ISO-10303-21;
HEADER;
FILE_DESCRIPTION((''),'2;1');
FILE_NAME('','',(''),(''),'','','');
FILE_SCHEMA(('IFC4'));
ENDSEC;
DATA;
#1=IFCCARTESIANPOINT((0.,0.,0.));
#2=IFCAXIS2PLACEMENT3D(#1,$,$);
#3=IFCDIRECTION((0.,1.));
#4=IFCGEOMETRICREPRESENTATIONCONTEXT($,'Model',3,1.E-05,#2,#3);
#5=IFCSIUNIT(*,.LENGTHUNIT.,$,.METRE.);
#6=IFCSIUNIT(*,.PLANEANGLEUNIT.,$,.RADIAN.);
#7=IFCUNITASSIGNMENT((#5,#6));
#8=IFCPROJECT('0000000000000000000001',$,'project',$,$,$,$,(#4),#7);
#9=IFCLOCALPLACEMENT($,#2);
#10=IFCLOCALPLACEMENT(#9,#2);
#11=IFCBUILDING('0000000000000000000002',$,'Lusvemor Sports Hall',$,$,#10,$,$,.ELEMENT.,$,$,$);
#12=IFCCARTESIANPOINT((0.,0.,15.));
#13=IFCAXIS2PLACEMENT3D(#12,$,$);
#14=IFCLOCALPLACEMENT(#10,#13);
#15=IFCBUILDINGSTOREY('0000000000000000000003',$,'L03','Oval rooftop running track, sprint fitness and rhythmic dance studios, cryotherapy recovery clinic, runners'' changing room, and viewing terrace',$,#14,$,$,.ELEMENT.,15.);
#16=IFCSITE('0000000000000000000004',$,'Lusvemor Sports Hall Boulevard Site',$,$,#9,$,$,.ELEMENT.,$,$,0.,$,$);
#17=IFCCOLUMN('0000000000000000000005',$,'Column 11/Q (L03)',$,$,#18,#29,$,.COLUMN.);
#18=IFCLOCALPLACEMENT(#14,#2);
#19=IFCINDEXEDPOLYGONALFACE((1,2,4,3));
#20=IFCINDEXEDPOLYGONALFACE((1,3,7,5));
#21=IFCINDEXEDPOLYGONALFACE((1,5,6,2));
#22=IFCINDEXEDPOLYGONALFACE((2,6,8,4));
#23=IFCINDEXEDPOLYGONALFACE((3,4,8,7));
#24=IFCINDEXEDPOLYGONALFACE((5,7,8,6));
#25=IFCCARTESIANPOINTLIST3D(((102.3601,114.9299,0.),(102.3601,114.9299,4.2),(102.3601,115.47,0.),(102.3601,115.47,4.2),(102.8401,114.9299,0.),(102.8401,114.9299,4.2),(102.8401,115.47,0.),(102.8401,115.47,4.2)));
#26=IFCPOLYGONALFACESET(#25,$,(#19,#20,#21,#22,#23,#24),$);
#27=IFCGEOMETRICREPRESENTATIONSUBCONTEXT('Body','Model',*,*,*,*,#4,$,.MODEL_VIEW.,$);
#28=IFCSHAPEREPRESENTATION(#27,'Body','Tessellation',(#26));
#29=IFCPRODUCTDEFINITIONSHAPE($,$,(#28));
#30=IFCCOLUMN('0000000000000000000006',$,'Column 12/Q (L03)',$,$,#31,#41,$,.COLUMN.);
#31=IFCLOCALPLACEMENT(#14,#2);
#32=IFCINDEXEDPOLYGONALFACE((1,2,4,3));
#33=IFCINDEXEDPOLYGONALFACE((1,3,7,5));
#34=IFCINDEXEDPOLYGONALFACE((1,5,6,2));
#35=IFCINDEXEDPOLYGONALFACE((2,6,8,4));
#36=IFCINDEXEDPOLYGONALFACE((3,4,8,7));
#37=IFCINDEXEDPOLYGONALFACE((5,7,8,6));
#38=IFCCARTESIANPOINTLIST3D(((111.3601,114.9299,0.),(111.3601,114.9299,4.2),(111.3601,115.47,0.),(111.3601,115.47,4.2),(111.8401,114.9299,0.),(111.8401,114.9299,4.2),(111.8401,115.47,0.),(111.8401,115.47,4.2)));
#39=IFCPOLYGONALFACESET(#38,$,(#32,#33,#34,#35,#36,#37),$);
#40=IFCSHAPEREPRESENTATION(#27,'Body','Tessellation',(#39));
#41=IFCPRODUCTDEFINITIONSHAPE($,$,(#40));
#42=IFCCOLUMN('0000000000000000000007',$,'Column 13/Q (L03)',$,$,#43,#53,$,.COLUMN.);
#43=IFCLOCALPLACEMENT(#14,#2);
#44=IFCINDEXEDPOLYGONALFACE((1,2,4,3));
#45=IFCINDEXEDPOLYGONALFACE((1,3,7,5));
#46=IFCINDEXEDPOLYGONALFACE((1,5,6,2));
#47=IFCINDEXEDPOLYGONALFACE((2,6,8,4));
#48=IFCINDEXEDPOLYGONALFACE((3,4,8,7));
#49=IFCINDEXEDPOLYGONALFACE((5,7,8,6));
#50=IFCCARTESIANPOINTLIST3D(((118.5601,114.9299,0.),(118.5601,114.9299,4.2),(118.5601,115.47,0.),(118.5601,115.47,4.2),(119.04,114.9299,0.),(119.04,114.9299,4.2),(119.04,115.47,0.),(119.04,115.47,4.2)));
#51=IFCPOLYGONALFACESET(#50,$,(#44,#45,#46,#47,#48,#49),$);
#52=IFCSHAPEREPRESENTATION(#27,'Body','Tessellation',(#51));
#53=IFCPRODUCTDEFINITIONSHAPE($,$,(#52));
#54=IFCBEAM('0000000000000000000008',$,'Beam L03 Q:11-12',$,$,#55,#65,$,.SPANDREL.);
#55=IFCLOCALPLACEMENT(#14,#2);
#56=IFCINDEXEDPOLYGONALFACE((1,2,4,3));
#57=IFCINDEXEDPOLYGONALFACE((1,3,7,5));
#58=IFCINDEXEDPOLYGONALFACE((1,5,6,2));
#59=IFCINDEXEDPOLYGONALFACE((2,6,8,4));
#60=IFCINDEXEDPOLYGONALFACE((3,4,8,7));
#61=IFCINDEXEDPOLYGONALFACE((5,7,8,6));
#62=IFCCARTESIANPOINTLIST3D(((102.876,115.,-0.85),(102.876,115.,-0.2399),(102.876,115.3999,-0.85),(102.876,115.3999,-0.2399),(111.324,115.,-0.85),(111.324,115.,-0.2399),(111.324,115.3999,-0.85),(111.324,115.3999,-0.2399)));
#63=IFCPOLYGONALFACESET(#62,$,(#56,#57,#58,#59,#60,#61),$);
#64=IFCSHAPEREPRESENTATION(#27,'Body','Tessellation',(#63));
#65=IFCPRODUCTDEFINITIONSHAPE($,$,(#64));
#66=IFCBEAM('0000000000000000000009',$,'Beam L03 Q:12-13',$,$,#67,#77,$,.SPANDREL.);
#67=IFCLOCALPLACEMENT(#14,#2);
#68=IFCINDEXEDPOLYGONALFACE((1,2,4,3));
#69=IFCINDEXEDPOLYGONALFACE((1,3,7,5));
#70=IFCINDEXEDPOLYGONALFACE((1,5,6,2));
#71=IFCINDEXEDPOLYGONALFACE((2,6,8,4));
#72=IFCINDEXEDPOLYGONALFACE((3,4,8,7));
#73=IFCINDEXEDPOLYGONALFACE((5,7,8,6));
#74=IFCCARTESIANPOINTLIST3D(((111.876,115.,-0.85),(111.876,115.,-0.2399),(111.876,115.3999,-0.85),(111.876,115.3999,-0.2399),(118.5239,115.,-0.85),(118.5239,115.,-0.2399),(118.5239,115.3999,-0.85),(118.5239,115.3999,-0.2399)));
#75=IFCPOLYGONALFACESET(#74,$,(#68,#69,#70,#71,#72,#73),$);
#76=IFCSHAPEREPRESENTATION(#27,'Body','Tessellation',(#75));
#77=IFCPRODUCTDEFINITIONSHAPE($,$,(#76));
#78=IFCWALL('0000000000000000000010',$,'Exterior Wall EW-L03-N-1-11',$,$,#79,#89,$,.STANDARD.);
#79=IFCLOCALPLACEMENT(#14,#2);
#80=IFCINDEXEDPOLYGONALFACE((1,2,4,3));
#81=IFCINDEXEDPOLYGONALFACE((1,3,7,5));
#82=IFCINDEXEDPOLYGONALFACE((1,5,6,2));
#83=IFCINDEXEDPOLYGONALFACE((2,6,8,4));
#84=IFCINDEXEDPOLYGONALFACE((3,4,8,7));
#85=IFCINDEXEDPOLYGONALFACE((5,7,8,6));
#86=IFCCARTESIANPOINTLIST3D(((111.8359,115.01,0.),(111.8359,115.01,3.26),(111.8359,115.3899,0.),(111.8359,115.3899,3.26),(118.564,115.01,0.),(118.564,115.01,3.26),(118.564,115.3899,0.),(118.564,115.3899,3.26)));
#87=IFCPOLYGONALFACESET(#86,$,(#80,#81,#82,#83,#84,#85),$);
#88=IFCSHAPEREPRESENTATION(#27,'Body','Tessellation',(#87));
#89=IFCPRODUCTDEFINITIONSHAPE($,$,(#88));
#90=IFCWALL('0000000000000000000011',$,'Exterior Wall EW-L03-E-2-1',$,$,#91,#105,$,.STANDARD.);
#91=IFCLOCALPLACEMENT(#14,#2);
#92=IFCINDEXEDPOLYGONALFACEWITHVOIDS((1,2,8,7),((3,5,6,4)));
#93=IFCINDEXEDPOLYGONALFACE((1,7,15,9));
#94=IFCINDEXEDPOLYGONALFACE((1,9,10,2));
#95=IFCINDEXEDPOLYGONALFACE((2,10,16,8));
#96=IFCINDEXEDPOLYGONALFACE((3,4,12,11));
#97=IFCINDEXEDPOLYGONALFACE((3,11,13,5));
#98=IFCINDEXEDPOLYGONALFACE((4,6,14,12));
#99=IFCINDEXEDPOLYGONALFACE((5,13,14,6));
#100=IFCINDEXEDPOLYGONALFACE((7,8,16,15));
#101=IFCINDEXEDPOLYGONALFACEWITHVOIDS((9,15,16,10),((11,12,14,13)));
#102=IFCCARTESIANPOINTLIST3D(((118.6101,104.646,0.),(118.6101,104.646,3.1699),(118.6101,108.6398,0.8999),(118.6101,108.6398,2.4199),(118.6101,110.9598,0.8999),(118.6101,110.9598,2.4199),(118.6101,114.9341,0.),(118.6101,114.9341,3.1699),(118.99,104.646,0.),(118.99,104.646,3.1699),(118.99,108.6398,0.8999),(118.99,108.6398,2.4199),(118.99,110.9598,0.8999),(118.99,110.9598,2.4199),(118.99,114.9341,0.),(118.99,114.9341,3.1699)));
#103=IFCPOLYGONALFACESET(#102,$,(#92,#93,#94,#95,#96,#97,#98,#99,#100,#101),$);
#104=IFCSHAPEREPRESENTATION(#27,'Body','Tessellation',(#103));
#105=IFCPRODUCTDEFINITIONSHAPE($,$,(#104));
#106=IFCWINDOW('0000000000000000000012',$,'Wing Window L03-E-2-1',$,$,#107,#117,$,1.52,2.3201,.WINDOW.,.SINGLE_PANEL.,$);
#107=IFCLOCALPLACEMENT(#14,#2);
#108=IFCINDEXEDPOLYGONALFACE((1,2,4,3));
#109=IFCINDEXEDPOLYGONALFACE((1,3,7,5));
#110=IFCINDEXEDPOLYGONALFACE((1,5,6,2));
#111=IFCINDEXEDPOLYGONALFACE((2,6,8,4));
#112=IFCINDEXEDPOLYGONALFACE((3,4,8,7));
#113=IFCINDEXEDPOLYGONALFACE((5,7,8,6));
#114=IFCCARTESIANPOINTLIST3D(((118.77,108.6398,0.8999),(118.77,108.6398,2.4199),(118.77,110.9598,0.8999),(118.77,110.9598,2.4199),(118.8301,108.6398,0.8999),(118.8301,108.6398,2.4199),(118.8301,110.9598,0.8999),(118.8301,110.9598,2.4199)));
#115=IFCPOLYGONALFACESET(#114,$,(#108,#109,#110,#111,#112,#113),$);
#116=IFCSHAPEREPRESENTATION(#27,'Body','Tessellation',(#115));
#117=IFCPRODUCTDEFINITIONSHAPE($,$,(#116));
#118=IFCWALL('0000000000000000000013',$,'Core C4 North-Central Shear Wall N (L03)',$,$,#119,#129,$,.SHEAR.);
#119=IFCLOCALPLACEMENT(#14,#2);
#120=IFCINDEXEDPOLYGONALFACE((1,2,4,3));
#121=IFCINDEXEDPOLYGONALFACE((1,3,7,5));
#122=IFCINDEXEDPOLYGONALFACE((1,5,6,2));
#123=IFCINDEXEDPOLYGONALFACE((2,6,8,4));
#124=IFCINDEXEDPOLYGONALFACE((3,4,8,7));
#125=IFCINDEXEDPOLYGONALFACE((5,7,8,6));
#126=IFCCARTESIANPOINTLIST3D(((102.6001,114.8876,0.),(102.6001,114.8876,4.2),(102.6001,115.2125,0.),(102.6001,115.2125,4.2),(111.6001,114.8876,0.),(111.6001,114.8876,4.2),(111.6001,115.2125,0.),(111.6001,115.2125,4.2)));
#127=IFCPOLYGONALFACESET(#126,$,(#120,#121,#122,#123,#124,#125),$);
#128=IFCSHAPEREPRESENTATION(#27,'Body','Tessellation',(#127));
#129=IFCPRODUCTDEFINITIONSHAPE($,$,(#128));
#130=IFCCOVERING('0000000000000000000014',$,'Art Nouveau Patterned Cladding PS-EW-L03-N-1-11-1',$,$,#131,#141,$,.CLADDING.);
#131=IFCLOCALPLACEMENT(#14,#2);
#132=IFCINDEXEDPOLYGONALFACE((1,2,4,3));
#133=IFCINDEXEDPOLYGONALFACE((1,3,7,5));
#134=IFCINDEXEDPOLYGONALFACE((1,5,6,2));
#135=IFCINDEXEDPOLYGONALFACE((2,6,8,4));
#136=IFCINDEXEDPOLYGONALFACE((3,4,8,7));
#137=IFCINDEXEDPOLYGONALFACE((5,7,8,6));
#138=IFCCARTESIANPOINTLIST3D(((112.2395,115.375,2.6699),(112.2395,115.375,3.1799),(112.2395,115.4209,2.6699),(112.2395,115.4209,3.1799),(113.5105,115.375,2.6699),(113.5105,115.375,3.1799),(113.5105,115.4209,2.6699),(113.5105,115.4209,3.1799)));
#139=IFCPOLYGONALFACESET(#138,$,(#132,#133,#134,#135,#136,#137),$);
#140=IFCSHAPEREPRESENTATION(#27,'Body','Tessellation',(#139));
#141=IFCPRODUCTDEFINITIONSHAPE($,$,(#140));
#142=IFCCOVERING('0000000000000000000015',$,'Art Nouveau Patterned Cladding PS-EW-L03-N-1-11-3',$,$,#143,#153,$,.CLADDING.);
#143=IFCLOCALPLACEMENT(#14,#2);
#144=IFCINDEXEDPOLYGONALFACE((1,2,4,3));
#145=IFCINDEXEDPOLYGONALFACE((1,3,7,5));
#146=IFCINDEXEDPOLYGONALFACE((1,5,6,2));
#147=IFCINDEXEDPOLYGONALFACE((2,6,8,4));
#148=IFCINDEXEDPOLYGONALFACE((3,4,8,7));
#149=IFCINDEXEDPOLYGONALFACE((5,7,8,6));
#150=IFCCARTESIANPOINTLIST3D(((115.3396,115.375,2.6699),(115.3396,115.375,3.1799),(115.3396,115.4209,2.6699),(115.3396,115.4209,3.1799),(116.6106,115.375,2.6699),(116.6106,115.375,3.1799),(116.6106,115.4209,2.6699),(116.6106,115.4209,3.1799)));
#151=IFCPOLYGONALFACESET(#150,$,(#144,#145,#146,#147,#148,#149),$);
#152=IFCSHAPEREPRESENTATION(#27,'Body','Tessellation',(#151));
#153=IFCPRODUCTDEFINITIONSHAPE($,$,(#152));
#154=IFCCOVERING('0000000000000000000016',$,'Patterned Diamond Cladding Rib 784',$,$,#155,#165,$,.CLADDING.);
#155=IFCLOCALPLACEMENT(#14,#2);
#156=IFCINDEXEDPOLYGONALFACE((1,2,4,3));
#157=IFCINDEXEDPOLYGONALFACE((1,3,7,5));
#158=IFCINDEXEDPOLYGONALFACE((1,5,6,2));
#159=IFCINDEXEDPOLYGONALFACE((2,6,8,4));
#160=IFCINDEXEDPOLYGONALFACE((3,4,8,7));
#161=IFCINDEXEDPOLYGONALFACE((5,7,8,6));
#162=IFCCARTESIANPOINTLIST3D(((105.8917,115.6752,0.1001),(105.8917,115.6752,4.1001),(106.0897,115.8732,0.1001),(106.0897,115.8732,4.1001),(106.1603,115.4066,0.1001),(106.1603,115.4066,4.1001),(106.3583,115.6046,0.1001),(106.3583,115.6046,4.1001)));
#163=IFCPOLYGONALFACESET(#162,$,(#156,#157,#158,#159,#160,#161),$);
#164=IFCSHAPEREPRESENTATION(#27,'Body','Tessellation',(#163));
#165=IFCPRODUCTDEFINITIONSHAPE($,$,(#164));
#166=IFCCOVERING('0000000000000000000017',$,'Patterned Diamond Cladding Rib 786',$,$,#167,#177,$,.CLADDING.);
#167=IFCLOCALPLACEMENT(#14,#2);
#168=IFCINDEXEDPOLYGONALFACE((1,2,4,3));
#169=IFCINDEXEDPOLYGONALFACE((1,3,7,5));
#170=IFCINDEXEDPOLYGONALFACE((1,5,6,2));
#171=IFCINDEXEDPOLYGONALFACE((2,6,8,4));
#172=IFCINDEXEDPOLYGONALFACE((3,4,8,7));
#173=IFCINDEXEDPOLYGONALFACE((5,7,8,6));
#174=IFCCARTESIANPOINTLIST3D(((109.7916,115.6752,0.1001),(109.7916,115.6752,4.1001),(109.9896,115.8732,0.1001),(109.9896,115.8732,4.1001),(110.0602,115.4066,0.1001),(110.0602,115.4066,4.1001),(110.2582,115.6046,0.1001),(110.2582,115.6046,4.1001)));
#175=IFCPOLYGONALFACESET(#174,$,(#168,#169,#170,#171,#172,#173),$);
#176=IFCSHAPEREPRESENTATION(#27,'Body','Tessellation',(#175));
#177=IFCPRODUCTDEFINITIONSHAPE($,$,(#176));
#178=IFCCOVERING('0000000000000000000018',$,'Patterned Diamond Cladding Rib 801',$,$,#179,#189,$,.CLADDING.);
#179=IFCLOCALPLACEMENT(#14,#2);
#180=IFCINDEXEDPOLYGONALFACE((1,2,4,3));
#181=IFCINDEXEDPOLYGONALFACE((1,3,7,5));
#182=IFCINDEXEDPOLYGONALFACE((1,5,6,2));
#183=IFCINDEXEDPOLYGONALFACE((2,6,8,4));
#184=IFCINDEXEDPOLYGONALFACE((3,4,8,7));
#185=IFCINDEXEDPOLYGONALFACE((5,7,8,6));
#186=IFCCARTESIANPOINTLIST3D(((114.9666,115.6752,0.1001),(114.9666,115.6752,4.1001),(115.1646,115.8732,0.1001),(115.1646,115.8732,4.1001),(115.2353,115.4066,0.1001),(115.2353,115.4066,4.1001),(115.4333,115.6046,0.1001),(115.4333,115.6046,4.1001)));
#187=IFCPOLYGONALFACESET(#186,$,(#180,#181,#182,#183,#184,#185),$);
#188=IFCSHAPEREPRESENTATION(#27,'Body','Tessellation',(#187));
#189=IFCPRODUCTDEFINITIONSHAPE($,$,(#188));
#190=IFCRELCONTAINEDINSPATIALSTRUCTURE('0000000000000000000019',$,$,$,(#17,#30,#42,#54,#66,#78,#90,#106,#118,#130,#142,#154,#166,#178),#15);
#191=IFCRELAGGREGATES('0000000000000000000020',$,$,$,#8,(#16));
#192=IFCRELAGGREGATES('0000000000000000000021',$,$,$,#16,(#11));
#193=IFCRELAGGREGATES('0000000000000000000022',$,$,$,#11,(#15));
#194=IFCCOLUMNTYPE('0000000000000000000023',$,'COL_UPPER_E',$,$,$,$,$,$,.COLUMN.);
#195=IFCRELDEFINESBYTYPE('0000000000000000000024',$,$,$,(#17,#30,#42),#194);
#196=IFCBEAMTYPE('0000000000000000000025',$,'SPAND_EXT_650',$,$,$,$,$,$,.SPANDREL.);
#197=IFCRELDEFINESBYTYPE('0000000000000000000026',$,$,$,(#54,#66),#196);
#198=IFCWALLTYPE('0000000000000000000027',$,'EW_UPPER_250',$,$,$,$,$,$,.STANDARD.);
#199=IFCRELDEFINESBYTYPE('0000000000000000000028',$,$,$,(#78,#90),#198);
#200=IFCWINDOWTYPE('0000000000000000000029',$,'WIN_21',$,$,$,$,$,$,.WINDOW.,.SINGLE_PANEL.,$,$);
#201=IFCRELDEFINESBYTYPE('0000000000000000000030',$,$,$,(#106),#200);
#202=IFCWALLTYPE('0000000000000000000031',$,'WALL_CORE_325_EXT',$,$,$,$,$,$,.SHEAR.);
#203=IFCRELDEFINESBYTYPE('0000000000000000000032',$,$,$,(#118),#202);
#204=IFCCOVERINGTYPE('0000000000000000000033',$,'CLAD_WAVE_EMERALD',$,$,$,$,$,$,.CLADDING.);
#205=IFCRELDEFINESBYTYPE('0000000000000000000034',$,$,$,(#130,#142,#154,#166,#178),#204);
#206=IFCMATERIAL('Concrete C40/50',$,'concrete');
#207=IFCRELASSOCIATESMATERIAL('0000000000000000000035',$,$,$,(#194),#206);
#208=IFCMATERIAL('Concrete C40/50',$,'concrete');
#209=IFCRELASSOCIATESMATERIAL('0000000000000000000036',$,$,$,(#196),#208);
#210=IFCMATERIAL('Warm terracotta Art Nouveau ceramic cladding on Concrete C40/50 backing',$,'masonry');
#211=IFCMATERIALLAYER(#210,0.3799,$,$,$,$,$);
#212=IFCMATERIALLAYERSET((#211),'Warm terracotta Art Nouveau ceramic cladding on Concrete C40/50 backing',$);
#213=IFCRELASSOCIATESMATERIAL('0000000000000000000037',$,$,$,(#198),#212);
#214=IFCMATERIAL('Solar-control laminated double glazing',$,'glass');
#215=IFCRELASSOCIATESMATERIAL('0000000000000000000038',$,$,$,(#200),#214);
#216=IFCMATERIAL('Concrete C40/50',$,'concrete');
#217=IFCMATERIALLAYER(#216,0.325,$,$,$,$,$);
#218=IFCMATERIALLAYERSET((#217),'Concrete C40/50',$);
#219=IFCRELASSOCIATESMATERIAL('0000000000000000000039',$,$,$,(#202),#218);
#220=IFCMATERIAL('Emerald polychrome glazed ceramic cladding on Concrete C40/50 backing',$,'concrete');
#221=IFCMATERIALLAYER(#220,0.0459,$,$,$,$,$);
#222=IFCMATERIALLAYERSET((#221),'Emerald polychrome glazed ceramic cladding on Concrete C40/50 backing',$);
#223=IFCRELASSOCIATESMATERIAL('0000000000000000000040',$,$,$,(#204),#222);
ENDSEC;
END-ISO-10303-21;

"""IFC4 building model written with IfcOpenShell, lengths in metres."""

from ifc_helpers import new_model, si_unit, direction, frame, frame_2d, origin, origin_2d, place, context, subcontext, project, spatial, rectangle, extrude, material, layer, layer_set, material_profile, profile_set, type_object, element, fill, save


model = new_model("IFC4")

# Units and contexts
model_context = context("Model", 3, precision=1e-05, world=origin(), true_north=direction((0.0, 1.0)))
body_context = subcontext(model_context, "Body", "Model", "MODEL_VIEW")
ifc_project = project(units=[si_unit("LENGTHUNIT", "METRE"), si_unit("PLANEANGLEUNIT", "RADIAN")], contexts=[model_context])

# Site, building, storey
site_placement = place(None, origin())
site = spatial("IfcSite", under=ifc_project, at=site_placement, Name="Lusvemor Sports Hall Boulevard Site", CompositionType="ELEMENT", RefElevation=0.0)
building_placement = place(site_placement, origin())
building = spatial("IfcBuilding", under=site, at=building_placement, Name="Lusvemor Sports Hall", CompositionType="ELEMENT")
storey_placement = place(building_placement, frame((0.0, 0.0, 15.0)))
storey = spatial("IfcBuildingStorey", under=building, at=storey_placement, Name="L03", Description="Oval rooftop running track, sprint fitness and rhythmic dance studios, cryotherapy recovery clinic, runners' changing room, and viewing terrace", CompositionType="ELEMENT", Elevation=15.0)

# Columns
ifc_material_1 = material(Name="Concrete C40/50", Category="concrete")
ifc_material_profile_1 = material_profile(ifc_material_1, rectangle(XDim=0.48, YDim=0.54, at=origin_2d()), Name="RC480x540")
ifc_profile_set_1 = profile_set([ifc_material_profile_1], Name="Concrete C40/50")
column_type = type_object("IfcColumnType", Name="COL_UPPER_E", PredefinedType="COLUMN", material=ifc_profile_set_1)
for number, where, z_axis, x_axis, name in (
    (1, (102.6001, 115.2, 0.0), (0.0, 0.0, 1.0), (1.0, 0.0, 0.0), "Column 11/Q (L03)"),
    (2, (111.6001, 115.2, 0.0), (0.0, 0.0, 1.0), (1.0, 0.0, 0.0), "Column 12/Q (L03)"),
    (3, (118.8, 115.2, 0.0), (0.0, 0.0, 1.0), (1.0, 0.0, 0.0), "Column 13/Q (L03)"),
):
    element("IfcColumn", number, at=place(storey_placement, frame(where, z_axis=z_axis, x_axis=x_axis)), inside=storey, type_object=column_type, Name=name, PredefinedType="COLUMN", context=body_context, shape_type="SweptSolid", body=[
        extrude(rectangle(XDim=0.48, YDim=0.54, at=origin_2d()), origin(), (0.0, 0.0, 1.0), 4.2),
    ])

# Beams
ifc_material_2 = material(Name="Concrete C40/50", Category="concrete")
ifc_material_profile_2 = material_profile(ifc_material_2, rectangle(XDim=0.3999, YDim=0.6101, at=origin_2d()), Name="RC400x610")
ifc_profile_set_2 = profile_set([ifc_material_profile_2], Name="Concrete C40/50")
beam_type = type_object("IfcBeamType", Name="SPAND_EXT_650", PredefinedType="SPANDREL", material=ifc_profile_set_2)
beam_1_placement = place(storey_placement, frame((102.876, 115.2, -0.5449), z_axis=(1.0, 0.0, 0.0), x_axis=(0.0, 1.0, 0.0)))
element("IfcBeam", 4, at=beam_1_placement, inside=storey, type_object=beam_type, Name="Beam L03 Q:11-12", PredefinedType="SPANDREL", context=body_context, shape_type="SweptSolid", body=[
    extrude(rectangle(XDim=0.3999, YDim=0.6101, at=origin_2d()), origin(), (0.0, 0.0, 1.0), 8.448),
])
beam_2_placement = place(storey_placement, frame((111.876, 115.2, -0.5449), z_axis=(1.0, 0.0, 0.0), x_axis=(0.0, 1.0, 0.0)))
element("IfcBeam", 5, at=beam_2_placement, inside=storey, type_object=beam_type, Name="Beam L03 Q:12-13", PredefinedType="SPANDREL", context=body_context, shape_type="SweptSolid", body=[
    extrude(rectangle(XDim=0.3999, YDim=0.6101, at=origin_2d()), origin(), (0.0, 0.0, 1.0), 6.6479),
])

# Wall
ifc_material_3 = material(Name="Warm terracotta Art Nouveau ceramic cladding on Concrete C40/50 backing", Category="masonry")
ifc_layer_1 = layer(ifc_material_3, 0.3799)
ifc_layer_set_1 = layer_set([ifc_layer_1], Name="Warm terracotta Art Nouveau ceramic cladding on Concrete C40/50 backing")
wall_type_1 = type_object("IfcWallType", Name="EW_UPPER_250", PredefinedType="STANDARD", material=ifc_layer_set_1)
wall_1_placement = place(storey_placement, frame((111.8359, 115.2, 0.0), z_axis=(0.0, 0.0, 1.0), x_axis=(1.0, 0.0, 0.0)))
element("IfcWall", 6, at=wall_1_placement, inside=storey, type_object=wall_type_1, Name="Exterior Wall EW-L03-N-1-11", PredefinedType="STANDARD", context=body_context, shape_type="SweptSolid", body=[
    extrude(rectangle(XDim=6.728, YDim=0.3799, at=frame_2d((3.364, 0.0))), origin(), (0.0, 0.0, 1.0), 3.26),
])

# Wall, opening, window
wall_2_placement = place(storey_placement, frame((118.8, 114.9341, 0.0), z_axis=(0.0, 0.0, 1.0), x_axis=(0.0, -1.0, 0.0)))
wall_2 = element("IfcWall", 7, at=wall_2_placement, inside=storey, type_object=wall_type_1, Name="Exterior Wall EW-L03-E-2-1", PredefinedType="STANDARD", context=body_context, shape_type="SweptSolid", body=[
    extrude(rectangle(XDim=10.2881, YDim=0.3799, at=frame_2d((5.144, 0.0))), origin(), (0.0, 0.0, 1.0), 3.1699),
])
opening_1_placement = place(wall_2_placement, frame((3.9741, 0.0, 0.8999)))
opening_1 = element("IfcOpeningElement", 8, at=opening_1_placement, cuts=wall_2, PredefinedType="OPENING", context=body_context, shape_type="SweptSolid", body=[
    extrude(rectangle(XDim=2.3201, YDim=1.52, at=frame_2d((1.1602, 0.76))), frame((0.0, 0.1899, 0.0), z_axis=(0.0, -1.0, 0.0), x_axis=(1.0, 0.0, 0.0)), (0.0, 0.0, 1.0), 0.3799),
])
ifc_material_4 = material(Name="Solar-control laminated double glazing", Category="glass")
window_type = type_object("IfcWindowType", Name="WIN_21", PartitioningType="SINGLE_PANEL", PredefinedType="WINDOW", material=ifc_material_4)
window_placement = place(opening_1_placement, origin())
window = element("IfcWindow", 9, at=window_placement, inside=storey, type_object=window_type, Name="Wing Window L03-E-2-1", OverallHeight=1.52, OverallWidth=2.3201, PartitioningType="SINGLE_PANEL", PredefinedType="WINDOW", context=body_context, shape_type="SweptSolid", body=[
    extrude(rectangle(XDim=2.3201, YDim=1.52, at=frame_2d((1.1602, 0.76))), frame((0.0, 0.03, 0.0), z_axis=(0.0, -1.0, 0.0), x_axis=(1.0, 0.0, 0.0)), (0.0, 0.0, 1.0), 0.0601),
])
fill(opening_1, window)

# Wall
ifc_material_5 = material(Name="Concrete C40/50", Category="concrete")
ifc_layer_2 = layer(ifc_material_5, 0.325)
ifc_layer_set_2 = layer_set([ifc_layer_2], Name="Concrete C40/50")
wall_type_2 = type_object("IfcWallType", Name="WALL_CORE_325_EXT", PredefinedType="SHEAR", material=ifc_layer_set_2)
wall_3_placement = place(storey_placement, frame((102.6001, 115.05, 0.0), z_axis=(0.0, 0.0, 1.0), x_axis=(1.0, 0.0, 0.0)))
element("IfcWall", 10, at=wall_3_placement, inside=storey, type_object=wall_type_2, Name="Core C4 North-Central Shear Wall N (L03)", PredefinedType="SHEAR", context=body_context, shape_type="SweptSolid", body=[
    extrude(rectangle(XDim=9.0, YDim=0.325, at=frame_2d((4.5, 0.0))), origin(), (0.0, 0.0, 1.0), 4.2),
])

# Coverings
ifc_material_6 = material(Name="Emerald polychrome glazed ceramic cladding on Concrete C40/50 backing", Category="concrete")
ifc_layer_3 = layer(ifc_material_6, 0.0459)
ifc_layer_set_3 = layer_set([ifc_layer_3], Name="Emerald polychrome glazed ceramic cladding on Concrete C40/50 backing")
covering_type_1 = type_object("IfcCoveringType", Name="CLAD_WAVE_EMERALD", PredefinedType="CLADDING", material=ifc_layer_set_3)
for number, where, z_axis, x_axis, name in (
    (11, (112.875, 115.3979, 2.6699), (0.0, 0.0, 1.0), (1.0, 0.0, 0.0), "Art Nouveau Patterned Cladding PS-EW-L03-N-1-11-1"),
    (12, (115.9751, 115.3979, 2.6699), (0.0, 0.0, 1.0), (1.0, 0.0, 0.0), "Art Nouveau Patterned Cladding PS-EW-L03-N-1-11-3"),
):
    element("IfcCovering", number, at=place(storey_placement, frame(where, z_axis=z_axis, x_axis=x_axis)), inside=storey, type_object=covering_type_1, Name=name, PredefinedType="CLADDING", context=body_context, shape_type="SweptSolid", body=[
        extrude(rectangle(XDim=1.271, YDim=0.0459, at=origin_2d()), origin(), (0.0, 0.0, 1.0), 0.51),
    ])
for number, where, z_axis, x_axis, name in (
    (13, (106.125, 115.6399, 0.1001), (0.0, 0.0, 1.0), (0.707107, 0.707107, 0.0), "Patterned Diamond Cladding Rib 784"),
    (14, (110.0249, 115.6399, 0.1001), (0.0, 0.0, 1.0), (0.707107, 0.707107, 0.0), "Patterned Diamond Cladding Rib 786"),
    (15, (115.2, 115.6399, 0.1001), (0.0, 0.0, 1.0), (0.707107, 0.707107, 0.0), "Patterned Diamond Cladding Rib 801"),
):
    element("IfcCovering", number, at=place(storey_placement, frame(where, z_axis=z_axis, x_axis=x_axis)), inside=storey, type_object=covering_type_1, Name=name, PredefinedType="CLADDING", context=body_context, shape_type="SweptSolid", body=[
        extrude(rectangle(XDim=0.28, YDim=0.3799, at=origin_2d()), origin(), (0.0, 0.0, 1.0), 4.0),
    ])

save(model, "model.ifc")
